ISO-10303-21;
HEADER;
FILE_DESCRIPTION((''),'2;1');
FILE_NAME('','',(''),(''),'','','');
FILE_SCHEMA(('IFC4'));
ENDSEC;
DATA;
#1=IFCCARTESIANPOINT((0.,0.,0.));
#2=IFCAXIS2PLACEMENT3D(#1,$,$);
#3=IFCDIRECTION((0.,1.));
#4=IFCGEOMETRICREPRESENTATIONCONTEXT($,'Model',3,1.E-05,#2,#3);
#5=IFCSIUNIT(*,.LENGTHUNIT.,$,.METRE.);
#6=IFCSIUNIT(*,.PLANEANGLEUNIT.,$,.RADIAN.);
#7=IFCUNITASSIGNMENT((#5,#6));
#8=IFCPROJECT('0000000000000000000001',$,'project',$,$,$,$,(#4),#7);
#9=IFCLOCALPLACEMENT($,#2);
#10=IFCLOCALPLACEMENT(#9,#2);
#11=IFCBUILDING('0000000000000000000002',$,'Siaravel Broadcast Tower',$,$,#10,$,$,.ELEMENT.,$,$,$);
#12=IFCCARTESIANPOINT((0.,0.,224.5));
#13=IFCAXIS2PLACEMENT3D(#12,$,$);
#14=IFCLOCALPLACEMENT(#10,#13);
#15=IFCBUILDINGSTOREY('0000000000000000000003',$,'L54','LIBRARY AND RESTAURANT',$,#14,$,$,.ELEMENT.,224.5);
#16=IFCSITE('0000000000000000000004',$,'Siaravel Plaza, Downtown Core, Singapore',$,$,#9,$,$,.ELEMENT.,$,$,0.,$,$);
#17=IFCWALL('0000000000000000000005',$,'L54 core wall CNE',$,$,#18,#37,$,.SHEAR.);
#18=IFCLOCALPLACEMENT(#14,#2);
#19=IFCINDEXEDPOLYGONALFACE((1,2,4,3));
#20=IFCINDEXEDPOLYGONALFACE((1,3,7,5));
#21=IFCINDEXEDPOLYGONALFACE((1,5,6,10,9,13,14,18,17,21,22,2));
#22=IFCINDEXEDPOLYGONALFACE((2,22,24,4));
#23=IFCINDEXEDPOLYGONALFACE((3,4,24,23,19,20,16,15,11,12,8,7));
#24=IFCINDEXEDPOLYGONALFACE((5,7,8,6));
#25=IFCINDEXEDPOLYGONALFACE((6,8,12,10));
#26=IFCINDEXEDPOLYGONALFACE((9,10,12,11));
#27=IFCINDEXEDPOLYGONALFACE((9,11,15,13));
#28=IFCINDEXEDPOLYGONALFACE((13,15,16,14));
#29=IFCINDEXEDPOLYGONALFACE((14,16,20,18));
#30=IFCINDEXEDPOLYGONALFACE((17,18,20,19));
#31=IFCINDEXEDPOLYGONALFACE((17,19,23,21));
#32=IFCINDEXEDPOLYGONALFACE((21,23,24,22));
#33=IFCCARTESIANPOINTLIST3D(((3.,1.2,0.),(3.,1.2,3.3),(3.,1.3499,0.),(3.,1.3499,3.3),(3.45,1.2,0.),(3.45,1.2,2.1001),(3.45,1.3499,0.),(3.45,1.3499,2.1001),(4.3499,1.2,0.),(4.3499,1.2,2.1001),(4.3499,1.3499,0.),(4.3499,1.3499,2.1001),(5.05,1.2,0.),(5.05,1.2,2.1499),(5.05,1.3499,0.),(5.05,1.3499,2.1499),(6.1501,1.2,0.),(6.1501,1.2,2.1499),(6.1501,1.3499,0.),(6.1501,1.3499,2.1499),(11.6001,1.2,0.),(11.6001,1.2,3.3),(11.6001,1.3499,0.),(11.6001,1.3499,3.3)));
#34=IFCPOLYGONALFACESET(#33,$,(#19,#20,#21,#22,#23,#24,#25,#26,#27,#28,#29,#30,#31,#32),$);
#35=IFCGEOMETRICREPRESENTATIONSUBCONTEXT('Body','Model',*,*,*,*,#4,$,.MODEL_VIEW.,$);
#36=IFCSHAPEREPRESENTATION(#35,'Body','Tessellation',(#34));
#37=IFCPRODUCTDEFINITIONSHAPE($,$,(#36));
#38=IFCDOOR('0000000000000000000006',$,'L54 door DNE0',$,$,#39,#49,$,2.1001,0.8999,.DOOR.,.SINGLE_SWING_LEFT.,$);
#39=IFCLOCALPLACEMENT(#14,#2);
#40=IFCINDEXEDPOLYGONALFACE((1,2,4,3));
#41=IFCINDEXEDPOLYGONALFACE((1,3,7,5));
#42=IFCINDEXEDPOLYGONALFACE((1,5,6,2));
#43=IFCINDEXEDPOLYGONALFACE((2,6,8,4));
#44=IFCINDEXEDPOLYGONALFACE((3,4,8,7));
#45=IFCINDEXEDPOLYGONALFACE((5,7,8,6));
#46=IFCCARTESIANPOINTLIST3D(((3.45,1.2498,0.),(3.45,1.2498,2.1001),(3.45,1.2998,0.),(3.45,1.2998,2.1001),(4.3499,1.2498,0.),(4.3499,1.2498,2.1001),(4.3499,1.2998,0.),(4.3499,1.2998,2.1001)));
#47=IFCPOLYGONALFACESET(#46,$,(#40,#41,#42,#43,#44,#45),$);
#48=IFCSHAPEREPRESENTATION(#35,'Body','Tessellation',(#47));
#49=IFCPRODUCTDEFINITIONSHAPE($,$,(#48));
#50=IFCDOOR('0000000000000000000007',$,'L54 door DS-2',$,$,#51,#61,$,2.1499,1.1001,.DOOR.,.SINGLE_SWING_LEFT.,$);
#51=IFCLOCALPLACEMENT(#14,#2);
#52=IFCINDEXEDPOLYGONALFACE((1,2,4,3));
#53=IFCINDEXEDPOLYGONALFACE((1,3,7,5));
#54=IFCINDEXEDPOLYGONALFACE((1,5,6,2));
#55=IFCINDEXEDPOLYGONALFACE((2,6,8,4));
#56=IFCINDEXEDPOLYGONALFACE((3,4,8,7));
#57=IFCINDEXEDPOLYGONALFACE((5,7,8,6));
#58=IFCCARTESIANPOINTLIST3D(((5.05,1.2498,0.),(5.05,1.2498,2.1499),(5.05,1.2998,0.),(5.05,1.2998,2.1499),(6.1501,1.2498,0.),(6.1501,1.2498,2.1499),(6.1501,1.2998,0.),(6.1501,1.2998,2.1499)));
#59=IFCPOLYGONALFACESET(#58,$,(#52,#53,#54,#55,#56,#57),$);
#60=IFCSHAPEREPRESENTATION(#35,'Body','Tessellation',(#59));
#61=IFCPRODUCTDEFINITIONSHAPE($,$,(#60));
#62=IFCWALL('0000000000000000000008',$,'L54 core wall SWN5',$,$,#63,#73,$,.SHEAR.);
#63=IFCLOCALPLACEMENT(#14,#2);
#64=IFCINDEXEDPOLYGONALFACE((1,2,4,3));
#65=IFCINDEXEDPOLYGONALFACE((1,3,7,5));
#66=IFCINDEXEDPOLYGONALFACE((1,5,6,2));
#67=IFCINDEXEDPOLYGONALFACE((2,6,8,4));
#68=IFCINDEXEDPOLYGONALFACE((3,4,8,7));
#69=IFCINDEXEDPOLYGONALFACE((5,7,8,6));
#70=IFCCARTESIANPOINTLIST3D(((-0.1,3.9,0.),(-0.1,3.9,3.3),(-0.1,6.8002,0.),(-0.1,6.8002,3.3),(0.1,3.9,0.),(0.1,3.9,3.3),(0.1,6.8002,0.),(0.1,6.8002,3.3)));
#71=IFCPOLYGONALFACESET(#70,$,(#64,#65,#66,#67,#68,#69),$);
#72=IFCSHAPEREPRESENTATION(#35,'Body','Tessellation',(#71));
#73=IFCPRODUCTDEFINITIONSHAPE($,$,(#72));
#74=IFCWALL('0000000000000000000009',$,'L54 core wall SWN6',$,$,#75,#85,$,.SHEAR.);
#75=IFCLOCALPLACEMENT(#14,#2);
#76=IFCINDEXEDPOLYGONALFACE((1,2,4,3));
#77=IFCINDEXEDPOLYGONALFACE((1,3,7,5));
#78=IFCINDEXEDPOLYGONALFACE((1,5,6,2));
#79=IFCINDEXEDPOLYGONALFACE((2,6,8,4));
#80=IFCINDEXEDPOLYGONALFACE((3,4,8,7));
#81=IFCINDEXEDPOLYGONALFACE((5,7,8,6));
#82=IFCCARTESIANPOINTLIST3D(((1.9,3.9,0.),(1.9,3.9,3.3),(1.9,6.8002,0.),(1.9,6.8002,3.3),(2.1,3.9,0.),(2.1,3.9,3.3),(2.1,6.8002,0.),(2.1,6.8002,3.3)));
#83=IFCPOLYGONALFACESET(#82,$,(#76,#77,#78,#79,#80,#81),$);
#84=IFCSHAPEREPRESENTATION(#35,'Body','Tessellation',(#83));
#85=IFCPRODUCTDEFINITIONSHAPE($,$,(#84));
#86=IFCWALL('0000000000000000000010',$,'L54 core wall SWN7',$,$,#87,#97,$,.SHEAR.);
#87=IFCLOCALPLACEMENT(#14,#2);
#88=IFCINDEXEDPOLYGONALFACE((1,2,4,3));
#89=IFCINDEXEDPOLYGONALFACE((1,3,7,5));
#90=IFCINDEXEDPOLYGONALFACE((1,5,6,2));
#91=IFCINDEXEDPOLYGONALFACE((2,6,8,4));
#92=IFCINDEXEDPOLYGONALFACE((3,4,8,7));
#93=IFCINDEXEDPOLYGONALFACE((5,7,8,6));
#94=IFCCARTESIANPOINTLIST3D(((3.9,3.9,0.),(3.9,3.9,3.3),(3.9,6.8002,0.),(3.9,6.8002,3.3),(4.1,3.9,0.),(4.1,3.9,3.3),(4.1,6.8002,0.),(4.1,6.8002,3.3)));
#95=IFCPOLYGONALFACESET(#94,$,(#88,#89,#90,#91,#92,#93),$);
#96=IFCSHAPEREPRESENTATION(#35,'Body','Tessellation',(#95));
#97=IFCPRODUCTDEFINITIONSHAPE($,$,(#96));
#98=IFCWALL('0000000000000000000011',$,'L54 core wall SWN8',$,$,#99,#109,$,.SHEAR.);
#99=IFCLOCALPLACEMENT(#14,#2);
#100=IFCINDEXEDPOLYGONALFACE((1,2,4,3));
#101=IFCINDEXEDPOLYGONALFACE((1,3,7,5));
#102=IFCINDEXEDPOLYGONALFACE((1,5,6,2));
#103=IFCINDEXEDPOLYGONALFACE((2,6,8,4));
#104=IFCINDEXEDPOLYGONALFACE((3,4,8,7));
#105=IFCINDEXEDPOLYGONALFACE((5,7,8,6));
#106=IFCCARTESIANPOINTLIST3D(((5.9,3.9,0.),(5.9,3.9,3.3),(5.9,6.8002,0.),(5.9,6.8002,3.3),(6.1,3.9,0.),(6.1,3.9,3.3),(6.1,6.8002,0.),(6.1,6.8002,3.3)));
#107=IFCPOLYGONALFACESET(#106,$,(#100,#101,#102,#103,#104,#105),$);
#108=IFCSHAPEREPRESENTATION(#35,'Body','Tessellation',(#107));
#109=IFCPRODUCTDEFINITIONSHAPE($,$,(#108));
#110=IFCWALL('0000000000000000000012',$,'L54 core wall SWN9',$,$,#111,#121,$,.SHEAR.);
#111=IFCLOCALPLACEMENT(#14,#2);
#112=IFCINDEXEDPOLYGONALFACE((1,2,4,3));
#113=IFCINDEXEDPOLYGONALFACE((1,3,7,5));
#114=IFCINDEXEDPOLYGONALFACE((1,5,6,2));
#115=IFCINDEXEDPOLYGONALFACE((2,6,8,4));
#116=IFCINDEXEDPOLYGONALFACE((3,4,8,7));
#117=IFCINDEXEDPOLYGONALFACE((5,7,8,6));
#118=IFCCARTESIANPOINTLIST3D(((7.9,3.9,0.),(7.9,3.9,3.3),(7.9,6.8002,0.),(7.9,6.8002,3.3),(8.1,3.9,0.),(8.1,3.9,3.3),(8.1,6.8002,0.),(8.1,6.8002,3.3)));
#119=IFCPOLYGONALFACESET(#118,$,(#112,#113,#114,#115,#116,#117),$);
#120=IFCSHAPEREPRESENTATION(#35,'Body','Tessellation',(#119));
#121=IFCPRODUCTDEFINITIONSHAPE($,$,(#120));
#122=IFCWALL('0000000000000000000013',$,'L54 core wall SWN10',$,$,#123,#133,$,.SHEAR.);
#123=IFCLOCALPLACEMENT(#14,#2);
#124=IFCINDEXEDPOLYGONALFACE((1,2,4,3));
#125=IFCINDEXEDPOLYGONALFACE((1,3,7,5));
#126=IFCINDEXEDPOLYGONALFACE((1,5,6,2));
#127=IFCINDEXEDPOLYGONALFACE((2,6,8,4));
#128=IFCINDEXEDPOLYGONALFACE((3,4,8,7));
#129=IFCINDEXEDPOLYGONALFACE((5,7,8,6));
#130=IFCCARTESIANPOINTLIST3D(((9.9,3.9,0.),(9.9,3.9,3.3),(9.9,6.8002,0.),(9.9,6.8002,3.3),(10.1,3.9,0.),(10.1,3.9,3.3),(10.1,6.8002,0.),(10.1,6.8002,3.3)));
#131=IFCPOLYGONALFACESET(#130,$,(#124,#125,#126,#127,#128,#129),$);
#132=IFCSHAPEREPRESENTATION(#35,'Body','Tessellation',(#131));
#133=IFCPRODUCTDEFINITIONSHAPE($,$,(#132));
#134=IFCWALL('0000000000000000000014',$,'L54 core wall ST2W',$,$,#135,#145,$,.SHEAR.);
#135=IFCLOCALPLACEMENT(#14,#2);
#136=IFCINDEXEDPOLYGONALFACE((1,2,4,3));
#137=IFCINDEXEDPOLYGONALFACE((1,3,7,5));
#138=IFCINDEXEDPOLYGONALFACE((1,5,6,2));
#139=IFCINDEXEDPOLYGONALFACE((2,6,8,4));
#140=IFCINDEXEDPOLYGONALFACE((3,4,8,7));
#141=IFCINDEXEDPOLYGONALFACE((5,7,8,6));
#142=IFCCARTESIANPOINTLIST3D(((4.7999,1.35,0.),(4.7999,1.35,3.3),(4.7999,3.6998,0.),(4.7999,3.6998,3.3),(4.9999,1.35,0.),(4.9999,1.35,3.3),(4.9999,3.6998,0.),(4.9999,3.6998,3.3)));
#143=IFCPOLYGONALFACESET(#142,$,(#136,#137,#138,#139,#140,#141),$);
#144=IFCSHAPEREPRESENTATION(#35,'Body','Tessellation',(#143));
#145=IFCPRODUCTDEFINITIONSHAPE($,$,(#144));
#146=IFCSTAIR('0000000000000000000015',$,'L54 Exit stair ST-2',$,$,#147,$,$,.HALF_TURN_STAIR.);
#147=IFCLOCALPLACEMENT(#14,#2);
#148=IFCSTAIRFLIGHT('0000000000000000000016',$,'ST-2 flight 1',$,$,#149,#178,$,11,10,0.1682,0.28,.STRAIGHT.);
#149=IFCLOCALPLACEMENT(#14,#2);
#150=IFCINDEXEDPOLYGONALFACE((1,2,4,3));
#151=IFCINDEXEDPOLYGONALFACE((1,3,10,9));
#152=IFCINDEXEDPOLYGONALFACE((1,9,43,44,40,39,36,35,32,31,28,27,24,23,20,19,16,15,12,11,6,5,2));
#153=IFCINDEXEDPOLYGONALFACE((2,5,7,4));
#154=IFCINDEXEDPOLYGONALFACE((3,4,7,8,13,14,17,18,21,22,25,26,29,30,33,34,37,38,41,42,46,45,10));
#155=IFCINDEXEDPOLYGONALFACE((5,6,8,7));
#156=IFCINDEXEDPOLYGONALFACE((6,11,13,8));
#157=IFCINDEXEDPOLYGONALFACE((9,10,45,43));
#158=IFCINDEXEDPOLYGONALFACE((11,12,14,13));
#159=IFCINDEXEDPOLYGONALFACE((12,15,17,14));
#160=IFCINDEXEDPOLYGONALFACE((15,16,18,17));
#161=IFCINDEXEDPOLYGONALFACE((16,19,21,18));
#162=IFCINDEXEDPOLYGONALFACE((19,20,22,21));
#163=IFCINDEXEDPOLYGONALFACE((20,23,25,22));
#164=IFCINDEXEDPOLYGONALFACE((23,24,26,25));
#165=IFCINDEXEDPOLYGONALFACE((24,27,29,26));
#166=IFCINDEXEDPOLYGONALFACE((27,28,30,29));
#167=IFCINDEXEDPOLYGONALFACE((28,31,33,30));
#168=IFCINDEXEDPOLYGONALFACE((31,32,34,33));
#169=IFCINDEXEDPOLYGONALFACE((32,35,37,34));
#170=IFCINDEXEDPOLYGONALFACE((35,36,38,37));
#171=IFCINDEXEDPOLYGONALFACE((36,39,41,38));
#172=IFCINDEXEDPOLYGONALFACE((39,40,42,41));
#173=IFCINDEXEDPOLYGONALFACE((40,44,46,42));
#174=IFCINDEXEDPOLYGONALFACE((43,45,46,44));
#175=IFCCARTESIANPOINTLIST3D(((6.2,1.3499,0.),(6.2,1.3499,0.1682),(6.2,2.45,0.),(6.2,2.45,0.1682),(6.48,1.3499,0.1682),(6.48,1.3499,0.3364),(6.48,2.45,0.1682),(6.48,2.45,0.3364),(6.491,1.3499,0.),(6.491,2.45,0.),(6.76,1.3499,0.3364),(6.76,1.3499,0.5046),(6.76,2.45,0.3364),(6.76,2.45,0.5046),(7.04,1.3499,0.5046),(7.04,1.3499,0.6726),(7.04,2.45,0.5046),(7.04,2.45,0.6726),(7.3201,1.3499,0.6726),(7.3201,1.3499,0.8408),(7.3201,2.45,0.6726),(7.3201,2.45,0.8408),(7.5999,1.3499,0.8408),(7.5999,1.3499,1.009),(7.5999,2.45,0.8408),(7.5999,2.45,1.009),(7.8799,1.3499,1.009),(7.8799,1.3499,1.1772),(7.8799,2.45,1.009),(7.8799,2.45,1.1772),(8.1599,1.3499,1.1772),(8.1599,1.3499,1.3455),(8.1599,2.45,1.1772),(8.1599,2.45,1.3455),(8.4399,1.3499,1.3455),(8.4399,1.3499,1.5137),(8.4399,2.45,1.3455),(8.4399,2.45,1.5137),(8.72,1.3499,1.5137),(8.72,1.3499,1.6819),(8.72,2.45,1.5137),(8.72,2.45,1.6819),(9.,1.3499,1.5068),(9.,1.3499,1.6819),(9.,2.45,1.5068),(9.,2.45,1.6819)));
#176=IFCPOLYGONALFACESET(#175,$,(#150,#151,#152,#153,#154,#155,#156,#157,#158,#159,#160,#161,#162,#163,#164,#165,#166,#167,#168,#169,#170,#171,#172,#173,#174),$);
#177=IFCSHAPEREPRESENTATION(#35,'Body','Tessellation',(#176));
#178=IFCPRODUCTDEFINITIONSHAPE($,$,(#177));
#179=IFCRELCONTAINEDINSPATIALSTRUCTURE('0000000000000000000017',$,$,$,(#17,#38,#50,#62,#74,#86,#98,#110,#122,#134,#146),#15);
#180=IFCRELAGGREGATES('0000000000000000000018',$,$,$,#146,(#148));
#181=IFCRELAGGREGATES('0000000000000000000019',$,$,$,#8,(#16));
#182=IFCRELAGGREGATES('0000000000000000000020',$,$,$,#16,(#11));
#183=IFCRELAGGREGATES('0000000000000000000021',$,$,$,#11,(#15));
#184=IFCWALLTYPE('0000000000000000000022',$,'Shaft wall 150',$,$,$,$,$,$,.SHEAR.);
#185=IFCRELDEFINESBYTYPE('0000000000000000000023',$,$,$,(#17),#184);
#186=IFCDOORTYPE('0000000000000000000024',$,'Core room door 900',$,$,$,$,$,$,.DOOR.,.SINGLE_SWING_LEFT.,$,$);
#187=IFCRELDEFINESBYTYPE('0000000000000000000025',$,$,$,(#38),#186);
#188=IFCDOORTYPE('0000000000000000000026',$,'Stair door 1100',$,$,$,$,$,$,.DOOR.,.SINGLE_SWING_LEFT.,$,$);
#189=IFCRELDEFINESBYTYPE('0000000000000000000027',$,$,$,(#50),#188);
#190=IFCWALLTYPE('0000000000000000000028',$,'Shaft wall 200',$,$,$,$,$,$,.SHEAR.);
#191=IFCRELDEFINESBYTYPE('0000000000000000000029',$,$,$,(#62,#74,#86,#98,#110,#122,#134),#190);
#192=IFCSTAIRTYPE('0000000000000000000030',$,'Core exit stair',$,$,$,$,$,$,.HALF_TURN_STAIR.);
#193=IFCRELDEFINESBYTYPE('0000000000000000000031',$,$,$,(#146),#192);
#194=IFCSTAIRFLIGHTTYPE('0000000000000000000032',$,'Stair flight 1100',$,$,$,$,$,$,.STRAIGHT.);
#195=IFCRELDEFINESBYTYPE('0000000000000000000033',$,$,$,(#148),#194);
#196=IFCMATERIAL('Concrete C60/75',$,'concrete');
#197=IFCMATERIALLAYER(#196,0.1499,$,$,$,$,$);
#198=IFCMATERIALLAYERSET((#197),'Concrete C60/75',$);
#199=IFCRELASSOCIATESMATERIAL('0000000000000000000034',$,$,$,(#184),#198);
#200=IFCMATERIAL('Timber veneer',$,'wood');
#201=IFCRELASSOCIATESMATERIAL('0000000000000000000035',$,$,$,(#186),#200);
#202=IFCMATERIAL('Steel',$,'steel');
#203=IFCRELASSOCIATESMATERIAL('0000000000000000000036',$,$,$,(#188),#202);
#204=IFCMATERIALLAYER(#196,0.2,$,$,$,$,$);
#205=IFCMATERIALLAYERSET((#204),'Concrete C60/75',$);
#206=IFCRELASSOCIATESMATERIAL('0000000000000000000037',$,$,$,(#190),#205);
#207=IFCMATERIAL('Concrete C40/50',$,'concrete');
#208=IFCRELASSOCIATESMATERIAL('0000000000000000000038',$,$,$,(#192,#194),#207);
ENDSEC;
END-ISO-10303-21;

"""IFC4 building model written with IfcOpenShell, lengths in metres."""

from ifc_helpers import new_model, si_unit, direction, frame, frame_2d, origin, place, context, subcontext, project, spatial, polyline, rectangle, outline, extrude, material, layer, layer_set, type_object, element, fill, aggregate, save


model = new_model("IFC4")

# Units and contexts
model_context = context("Model", 3, precision=1e-05, world=origin(), true_north=direction((0.0, 1.0)))
body_context = subcontext(model_context, "Body", "Model", "MODEL_VIEW")
ifc_project = project(units=[si_unit("LENGTHUNIT", "METRE"), si_unit("PLANEANGLEUNIT", "RADIAN")], contexts=[model_context])

# Site, building, storey
site_placement = place(None, origin())
site = spatial("IfcSite", under=ifc_project, at=site_placement, Name="Siaravel Plaza, Downtown Core, Singapore", CompositionType="ELEMENT", RefElevation=0.0)
building_placement = place(site_placement, origin())
building = spatial("IfcBuilding", under=site, at=building_placement, Name="Siaravel Broadcast Tower", CompositionType="ELEMENT")
storey_placement = place(building_placement, frame((0.0, 0.0, 224.5)))
storey = spatial("IfcBuildingStorey", under=building, at=storey_placement, Name="L54", Description="LIBRARY AND RESTAURANT", CompositionType="ELEMENT", Elevation=224.5)

# Shared definitions
ifc_material_1 = material(Name="Steel", Category="steel")

# Wall, openings, doors
ifc_material_2 = material(Name="Concrete C60/75", Category="concrete")
ifc_layer_1 = layer(ifc_material_2, 0.1499)
ifc_layer_set_1 = layer_set([ifc_layer_1], Name="Concrete C60/75")
wall_type_1 = type_object("IfcWallType", Name="Shaft wall 150", PredefinedType="SHEAR", material=ifc_layer_set_1)
wall_1_placement = place(storey_placement, frame((3.0, 1.2749, 0.0), z_axis=(0.0, 0.0, 1.0), x_axis=(1.0, 0.0, 0.0)))
wall_1 = element("IfcWall", 1, at=wall_1_placement, inside=storey, type_object=wall_type_1, Name="L54 core wall CNE", PredefinedType="SHEAR", context=body_context, shape_type="SweptSolid", body=[
    extrude(rectangle(XDim=8.6001, YDim=0.1499, at=frame_2d((4.3, 0.0))), origin(), (0.0, 0.0, 1.0), 3.3),
])
opening_1_placement = place(wall_1_placement, frame((2.05, 0.0, 0.0)))
opening_1 = element("IfcOpeningElement", 2, at=opening_1_placement, cuts=wall_1, PredefinedType="OPENING", context=body_context, shape_type="SweptSolid", body=[
    extrude(rectangle(XDim=1.1001, YDim=2.1499, at=frame_2d((0.55, 1.075))), frame((0.0, 0.085, 0.0), z_axis=(0.0, -1.0, 0.0), x_axis=(1.0, 0.0, 0.0)), (0.0, 0.0, 1.0), 0.1699),
])
opening_2_placement = place(wall_1_placement, frame((0.45, 0.0, 0.0)))
opening_2 = element("IfcOpeningElement", 3, at=opening_2_placement, cuts=wall_1, PredefinedType="OPENING", context=body_context, shape_type="SweptSolid", body=[
    extrude(rectangle(XDim=0.8999, YDim=2.1001, at=frame_2d((0.45, 1.05))), frame((0.0, 0.085, 0.0), z_axis=(0.0, -1.0, 0.0), x_axis=(1.0, 0.0, 0.0)), (0.0, 0.0, 1.0), 0.1699),
])
ifc_material_3 = material(Name="Timber veneer", Category="wood")
door_type_1 = type_object("IfcDoorType", Name="Core room door 900", OperationType="SINGLE_SWING_LEFT", PredefinedType="DOOR", material=ifc_material_3)
door_1_placement = place(opening_2_placement, origin())
door_1 = element("IfcDoor", 4, at=door_1_placement, inside=storey, type_object=door_type_1, Name="L54 door DNE0", OperationType="SINGLE_SWING_LEFT", OverallHeight=2.1001, OverallWidth=0.8999, PredefinedType="DOOR", context=body_context, shape_type="SweptSolid", body=[
    extrude(rectangle(XDim=0.8999, YDim=2.1001, at=frame_2d((0.45, 1.05))), frame((0.0, 0.0249, 0.0), z_axis=(0.0, -1.0, 0.0), x_axis=(1.0, 0.0, 0.0)), (0.0, 0.0, 1.0), 0.05),
])
fill(opening_2, door_1)
door_type_2 = type_object("IfcDoorType", Name="Stair door 1100", OperationType="SINGLE_SWING_LEFT", PredefinedType="DOOR", material=ifc_material_1)
door_2_placement = place(opening_1_placement, origin())
door_2 = element("IfcDoor", 5, at=door_2_placement, inside=storey, type_object=door_type_2, Name="L54 door DS-2", OperationType="SINGLE_SWING_LEFT", OverallHeight=2.1499, OverallWidth=1.1001, PredefinedType="DOOR", context=body_context, shape_type="SweptSolid", body=[
    extrude(rectangle(XDim=1.1001, YDim=2.1499, at=frame_2d((0.55, 1.075))), frame((0.0, 0.0249, 0.0), z_axis=(0.0, -1.0, 0.0), x_axis=(1.0, 0.0, 0.0)), (0.0, 0.0, 1.0), 0.05),
])
fill(opening_1, door_2)

# Walls
ifc_layer_2 = layer(ifc_material_2, 0.2)
ifc_layer_set_2 = layer_set([ifc_layer_2], Name="Concrete C60/75")
wall_type_2 = type_object("IfcWallType", Name="Shaft wall 200", PredefinedType="SHEAR", material=ifc_layer_set_2)
for number, where, z_axis, x_axis, name in (
    (6, (0.0, 3.8999, 0.0), (0.0, 0.0, 1.0), (0.0, 1.0, 0.0), "L54 core wall SWN5"),
    (7, (2.0, 3.8999, 0.0), (0.0, 0.0, 1.0), (0.0, 1.0, 0.0), "L54 core wall SWN6"),
    (8, (4.0, 3.8999, 0.0), (0.0, 0.0, 1.0), (0.0, 1.0, 0.0), "L54 core wall SWN7"),
    (9, (6.0, 3.8999, 0.0), (0.0, 0.0, 1.0), (0.0, 1.0, 0.0), "L54 core wall SWN8"),
    (10, (8.0, 3.8999, 0.0), (0.0, 0.0, 1.0), (0.0, 1.0, 0.0), "L54 core wall SWN9"),
    (11, (10.0, 3.8999, 0.0), (0.0, 0.0, 1.0), (0.0, 1.0, 0.0), "L54 core wall SWN10"),
):
    element("IfcWall", number, at=place(storey_placement, frame(where, z_axis=z_axis, x_axis=x_axis)), inside=storey, type_object=wall_type_2, Name=name, PredefinedType="SHEAR", context=body_context, shape_type="SweptSolid", body=[
        extrude(rectangle(XDim=2.9001, YDim=0.2, at=frame_2d((1.4502, 0.0))), origin(), (0.0, 0.0, 1.0), 3.3),
    ])
wall_2_placement = place(storey_placement, frame((4.8999, 1.3501, 0.0), z_axis=(0.0, 0.0, 1.0), x_axis=(0.0, 1.0, 0.0)))
element("IfcWall", 12, at=wall_2_placement, inside=storey, type_object=wall_type_2, Name="L54 core wall ST2W", PredefinedType="SHEAR", context=body_context, shape_type="SweptSolid", body=[
    extrude(rectangle(XDim=2.3499, YDim=0.2, at=frame_2d((1.1748, 0.0))), origin(), (0.0, 0.0, 1.0), 3.3),
])

# Stair, stair flight
ifc_material_4 = material(Name="Concrete C40/50", Category="concrete")
stair_type = type_object("IfcStairType", Name="Core exit stair", PredefinedType="HALF_TURN_STAIR", material=ifc_material_4)
stair_placement = place(storey_placement, origin())
stair = element("IfcStair", 13, at=stair_placement, inside=storey, type_object=stair_type, Name="L54 Exit stair ST-2", PredefinedType="HALF_TURN_STAIR")
stair_flight_type = type_object("IfcStairFlightType", Name="Stair flight 1100", PredefinedType="STRAIGHT", material=ifc_material_4)
stair_flight_1_placement = place(storey_placement, frame((6.2, 1.8999, 0.0), z_axis=(0.0, 0.0, 1.0), x_axis=(1.0, 0.0, 0.0)))
stair_flight_1 = element("IfcStairFlight", 14, at=stair_flight_1_placement, type_object=stair_flight_type, Name="ST-2 flight 1", NumberOfRisers=11, NumberOfTreads=10, PredefinedType="STRAIGHT", RiserHeight=0.1682, TreadLength=0.28, context=body_context, shape_type="SweptSolid", body=[
    extrude(outline(polyline([(0.0, 0.0), (0.0, 0.1682), (0.28, 0.1682), (0.28, 0.3364), (0.5601, 0.3364), (0.5601, 0.5046), (0.8401, 0.5046), (0.8401, 0.6726), (1.1201, 0.6726), (1.1201, 0.8408), (1.3999, 0.8408), (1.3999, 1.009), (1.6799, 1.009), (1.6799, 1.1772), (1.96, 1.1772), (1.96, 1.3455), (2.24, 1.3455), (2.24, 1.5137), (2.52, 1.5137), (2.52, 1.6819), (2.8, 1.6819), (2.8, 1.8501), (2.8, 1.5068), (0.291, 0.0), (0.0, 0.0)])), frame((0.0, 0.55, 0.0), z_axis=(0.0, -1.0, 0.0), x_axis=(1.0, 0.0, 0.0)), (0.0, 0.0, 1.0), 1.1001),
])
aggregate(stair, [stair_flight_1])

save(model, "model.ifc")
